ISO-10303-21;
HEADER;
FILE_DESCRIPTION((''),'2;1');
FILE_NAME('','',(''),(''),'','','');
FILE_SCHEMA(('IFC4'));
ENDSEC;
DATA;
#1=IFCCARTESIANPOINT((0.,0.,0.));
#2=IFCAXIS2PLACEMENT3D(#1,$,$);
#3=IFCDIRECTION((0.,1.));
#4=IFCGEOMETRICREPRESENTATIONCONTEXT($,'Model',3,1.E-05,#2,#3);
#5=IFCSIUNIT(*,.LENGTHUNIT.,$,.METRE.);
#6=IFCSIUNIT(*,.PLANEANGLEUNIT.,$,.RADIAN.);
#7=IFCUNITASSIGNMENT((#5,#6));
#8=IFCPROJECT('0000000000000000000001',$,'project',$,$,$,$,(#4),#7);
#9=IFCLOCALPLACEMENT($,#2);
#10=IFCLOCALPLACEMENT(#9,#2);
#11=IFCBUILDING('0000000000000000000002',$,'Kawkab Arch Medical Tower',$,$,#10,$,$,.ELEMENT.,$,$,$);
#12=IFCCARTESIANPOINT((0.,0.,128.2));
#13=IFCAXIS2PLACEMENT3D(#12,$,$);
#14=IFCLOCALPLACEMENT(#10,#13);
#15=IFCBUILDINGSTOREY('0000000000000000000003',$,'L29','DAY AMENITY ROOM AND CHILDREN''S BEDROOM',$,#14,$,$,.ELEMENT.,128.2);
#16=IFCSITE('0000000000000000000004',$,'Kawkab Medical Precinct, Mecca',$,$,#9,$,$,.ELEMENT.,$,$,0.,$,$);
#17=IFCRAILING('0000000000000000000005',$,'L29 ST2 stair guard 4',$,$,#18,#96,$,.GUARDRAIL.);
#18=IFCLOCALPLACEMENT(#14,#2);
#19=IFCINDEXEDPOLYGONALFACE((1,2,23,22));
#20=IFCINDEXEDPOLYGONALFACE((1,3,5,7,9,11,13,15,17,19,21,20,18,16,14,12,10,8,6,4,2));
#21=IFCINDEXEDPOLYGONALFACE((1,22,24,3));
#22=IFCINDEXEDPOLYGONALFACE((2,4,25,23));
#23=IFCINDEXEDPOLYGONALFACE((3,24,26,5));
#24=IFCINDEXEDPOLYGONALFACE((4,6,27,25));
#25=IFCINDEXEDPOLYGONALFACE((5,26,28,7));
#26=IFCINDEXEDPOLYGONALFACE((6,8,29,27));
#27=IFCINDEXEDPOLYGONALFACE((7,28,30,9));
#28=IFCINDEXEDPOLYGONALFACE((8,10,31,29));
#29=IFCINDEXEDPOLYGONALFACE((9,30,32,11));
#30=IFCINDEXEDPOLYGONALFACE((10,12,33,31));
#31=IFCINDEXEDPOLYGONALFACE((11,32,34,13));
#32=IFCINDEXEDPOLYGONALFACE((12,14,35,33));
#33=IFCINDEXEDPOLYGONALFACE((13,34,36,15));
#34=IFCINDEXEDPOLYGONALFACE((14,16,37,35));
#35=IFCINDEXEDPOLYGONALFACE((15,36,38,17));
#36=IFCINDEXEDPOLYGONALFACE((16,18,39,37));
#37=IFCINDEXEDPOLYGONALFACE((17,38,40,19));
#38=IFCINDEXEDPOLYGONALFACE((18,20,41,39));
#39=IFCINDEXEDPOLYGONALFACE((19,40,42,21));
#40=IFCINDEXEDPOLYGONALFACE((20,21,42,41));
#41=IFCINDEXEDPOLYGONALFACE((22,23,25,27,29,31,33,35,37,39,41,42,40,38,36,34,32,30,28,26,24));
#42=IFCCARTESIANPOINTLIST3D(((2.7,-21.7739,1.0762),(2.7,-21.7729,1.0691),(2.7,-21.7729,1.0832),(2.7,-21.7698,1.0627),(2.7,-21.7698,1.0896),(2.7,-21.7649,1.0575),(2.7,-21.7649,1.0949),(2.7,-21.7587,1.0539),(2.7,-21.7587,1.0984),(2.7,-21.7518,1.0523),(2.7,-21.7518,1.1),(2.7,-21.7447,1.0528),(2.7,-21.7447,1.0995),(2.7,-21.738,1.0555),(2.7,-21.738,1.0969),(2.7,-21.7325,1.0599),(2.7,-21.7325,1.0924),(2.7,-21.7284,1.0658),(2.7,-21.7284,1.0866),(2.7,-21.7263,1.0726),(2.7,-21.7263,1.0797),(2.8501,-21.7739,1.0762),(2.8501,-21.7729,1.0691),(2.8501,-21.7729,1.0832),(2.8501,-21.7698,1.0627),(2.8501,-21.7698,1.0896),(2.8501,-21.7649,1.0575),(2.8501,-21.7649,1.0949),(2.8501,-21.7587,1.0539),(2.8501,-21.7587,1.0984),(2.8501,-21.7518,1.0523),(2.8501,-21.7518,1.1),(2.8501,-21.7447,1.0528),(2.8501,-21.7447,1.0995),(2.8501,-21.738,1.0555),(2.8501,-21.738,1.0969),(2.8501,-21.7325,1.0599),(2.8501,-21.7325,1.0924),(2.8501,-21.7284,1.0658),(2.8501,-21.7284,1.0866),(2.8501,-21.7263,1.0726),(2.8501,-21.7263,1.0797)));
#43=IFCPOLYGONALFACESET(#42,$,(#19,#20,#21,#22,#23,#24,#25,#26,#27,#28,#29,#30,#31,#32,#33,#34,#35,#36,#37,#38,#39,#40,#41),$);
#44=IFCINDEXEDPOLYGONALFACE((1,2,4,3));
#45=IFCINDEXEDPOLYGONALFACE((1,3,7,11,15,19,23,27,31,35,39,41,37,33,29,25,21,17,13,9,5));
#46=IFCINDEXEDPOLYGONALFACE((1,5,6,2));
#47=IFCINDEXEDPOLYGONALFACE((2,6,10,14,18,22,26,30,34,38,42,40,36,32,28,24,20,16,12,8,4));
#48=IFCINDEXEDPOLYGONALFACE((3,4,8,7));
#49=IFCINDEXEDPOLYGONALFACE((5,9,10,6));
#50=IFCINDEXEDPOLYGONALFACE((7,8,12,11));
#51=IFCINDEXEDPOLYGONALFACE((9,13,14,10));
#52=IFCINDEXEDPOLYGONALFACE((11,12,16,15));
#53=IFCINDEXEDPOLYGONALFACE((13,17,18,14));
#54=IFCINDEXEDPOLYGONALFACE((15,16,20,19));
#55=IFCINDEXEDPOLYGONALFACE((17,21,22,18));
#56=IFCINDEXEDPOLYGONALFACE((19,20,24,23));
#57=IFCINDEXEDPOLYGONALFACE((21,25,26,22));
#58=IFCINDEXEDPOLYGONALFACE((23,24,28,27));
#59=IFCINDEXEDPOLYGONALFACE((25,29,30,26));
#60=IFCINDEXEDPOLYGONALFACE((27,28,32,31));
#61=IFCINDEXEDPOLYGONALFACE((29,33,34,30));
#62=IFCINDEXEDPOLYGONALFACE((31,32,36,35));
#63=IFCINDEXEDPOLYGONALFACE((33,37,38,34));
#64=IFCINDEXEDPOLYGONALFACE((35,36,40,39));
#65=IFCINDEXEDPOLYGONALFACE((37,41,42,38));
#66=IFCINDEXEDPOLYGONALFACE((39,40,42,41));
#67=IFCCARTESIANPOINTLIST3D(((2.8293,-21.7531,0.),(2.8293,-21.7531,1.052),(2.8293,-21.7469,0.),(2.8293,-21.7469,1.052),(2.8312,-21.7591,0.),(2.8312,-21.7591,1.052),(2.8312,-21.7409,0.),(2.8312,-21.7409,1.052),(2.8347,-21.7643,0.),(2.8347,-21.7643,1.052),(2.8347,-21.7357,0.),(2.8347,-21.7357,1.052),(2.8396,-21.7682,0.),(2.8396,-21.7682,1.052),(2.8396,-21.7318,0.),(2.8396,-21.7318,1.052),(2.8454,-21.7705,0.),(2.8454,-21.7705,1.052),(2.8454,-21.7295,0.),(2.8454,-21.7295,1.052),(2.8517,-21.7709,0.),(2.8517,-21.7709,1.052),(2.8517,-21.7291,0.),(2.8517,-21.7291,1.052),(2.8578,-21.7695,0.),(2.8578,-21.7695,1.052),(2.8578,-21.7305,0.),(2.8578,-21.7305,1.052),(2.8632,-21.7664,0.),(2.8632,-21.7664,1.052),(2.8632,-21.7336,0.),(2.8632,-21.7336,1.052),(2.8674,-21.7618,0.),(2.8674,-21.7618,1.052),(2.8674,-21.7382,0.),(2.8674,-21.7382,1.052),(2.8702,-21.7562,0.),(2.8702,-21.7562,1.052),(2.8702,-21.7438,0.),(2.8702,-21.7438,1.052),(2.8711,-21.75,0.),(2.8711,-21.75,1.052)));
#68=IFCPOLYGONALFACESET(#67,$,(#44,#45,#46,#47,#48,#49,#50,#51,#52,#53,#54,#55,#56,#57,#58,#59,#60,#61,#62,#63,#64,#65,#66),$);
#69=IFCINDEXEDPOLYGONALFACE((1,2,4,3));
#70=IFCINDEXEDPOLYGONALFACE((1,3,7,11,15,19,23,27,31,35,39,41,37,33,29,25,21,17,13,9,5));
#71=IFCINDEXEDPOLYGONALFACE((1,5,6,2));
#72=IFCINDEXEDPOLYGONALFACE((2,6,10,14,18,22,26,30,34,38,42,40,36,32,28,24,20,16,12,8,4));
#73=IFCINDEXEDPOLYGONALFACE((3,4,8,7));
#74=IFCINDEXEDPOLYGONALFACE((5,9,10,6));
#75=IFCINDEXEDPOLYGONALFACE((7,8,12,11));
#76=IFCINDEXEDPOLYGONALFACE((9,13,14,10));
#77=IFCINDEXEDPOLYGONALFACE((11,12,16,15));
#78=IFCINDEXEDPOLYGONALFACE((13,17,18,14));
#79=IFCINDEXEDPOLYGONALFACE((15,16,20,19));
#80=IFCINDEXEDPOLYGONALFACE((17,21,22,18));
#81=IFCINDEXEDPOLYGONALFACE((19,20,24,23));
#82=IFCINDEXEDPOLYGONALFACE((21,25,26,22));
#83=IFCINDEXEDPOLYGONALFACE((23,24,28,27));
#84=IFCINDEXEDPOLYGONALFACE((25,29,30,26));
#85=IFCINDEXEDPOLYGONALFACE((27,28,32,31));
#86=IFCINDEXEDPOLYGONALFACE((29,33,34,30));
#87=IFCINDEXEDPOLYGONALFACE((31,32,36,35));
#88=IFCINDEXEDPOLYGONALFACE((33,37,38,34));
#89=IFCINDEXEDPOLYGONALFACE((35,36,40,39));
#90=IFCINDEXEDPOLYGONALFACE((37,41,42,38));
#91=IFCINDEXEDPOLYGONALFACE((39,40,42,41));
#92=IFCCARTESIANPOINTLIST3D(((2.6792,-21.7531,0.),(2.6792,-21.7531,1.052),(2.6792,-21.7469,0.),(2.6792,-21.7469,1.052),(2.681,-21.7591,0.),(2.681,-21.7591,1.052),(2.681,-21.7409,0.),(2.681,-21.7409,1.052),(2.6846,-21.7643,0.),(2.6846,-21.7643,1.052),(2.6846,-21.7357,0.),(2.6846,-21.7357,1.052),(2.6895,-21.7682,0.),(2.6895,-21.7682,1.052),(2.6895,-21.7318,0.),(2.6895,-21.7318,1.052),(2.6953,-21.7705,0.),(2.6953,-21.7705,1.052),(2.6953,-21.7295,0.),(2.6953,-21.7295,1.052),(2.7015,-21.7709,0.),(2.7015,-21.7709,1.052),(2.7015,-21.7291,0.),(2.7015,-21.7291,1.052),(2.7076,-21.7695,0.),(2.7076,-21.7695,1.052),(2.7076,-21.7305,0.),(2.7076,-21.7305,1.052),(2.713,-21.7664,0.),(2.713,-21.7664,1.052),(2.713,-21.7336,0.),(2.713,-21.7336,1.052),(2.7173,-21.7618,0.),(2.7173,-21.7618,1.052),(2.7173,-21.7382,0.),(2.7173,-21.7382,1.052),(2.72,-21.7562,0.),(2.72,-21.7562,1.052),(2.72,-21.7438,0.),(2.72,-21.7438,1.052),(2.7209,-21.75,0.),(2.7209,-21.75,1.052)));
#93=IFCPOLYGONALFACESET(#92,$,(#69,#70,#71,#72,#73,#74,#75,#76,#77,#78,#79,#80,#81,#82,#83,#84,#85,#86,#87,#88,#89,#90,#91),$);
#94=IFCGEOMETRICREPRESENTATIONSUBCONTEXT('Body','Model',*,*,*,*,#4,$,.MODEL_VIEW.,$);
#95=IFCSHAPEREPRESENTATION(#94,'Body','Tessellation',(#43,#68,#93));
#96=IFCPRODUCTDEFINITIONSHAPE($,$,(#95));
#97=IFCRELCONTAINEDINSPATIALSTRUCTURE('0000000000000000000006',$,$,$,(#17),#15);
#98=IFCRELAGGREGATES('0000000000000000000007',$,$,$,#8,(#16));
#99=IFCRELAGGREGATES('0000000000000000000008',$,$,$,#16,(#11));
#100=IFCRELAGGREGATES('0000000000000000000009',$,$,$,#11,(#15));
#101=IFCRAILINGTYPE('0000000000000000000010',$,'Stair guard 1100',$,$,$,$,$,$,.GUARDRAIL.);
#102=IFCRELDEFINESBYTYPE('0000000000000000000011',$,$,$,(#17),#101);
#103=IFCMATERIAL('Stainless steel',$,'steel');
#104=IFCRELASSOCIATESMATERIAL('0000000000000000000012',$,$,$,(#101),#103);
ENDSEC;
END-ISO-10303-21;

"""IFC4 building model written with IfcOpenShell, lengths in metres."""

from ifc_helpers import new_model, si_unit, direction, frame, origin, origin_2d, place, context, subcontext, project, spatial, circle, extrude, material, type_object, element, save


model = new_model("IFC4")

# Units and contexts
model_context = context("Model", 3, precision=1e-05, world=origin(), true_north=direction((0.0, 1.0)))
body_context = subcontext(model_context, "Body", "Model", "MODEL_VIEW")
ifc_project = project(units=[si_unit("LENGTHUNIT", "METRE"), si_unit("PLANEANGLEUNIT", "RADIAN")], contexts=[model_context])

# Site, building, storey
site_placement = place(None, origin())
site = spatial("IfcSite", under=ifc_project, at=site_placement, Name="Kawkab Medical Precinct, Mecca", CompositionType="ELEMENT", RefElevation=0.0)
building_placement = place(site_placement, origin())
building = spatial("IfcBuilding", under=site, at=building_placement, Name="Kawkab Arch Medical Tower", CompositionType="ELEMENT")
storey_placement = place(building_placement, frame((0.0, 0.0, 128.2)))
storey = spatial("IfcBuildingStorey", under=building, at=storey_placement, Name="L29", Description="DAY AMENITY ROOM AND CHILDREN'S BEDROOM", CompositionType="ELEMENT", Elevation=128.2)

# Railing
ifc_material_1 = material(Name="Stainless steel", Category="steel")
railing_type = type_object("IfcRailingType", Name="Stair guard 1100", PredefinedType="GUARDRAIL", material=ifc_material_1)
railing_1_placement = place(storey_placement, frame((2.8501, -21.75, 0.0)))
element("IfcRailing", 1, at=railing_1_placement, inside=storey, type_object=railing_type, Name="L29 ST2 stair guard 4", PredefinedType="GUARDRAIL", context=body_context, shape_type="SweptSolid", body=[
    extrude(circle(Radius=0.0239, at=origin_2d()), frame((0.0, 0.0, 1.0762), z_axis=(-1.0, 0.0, 0.0), x_axis=(0.0, -1.0, 0.0)), (0.0, 0.0, 1.0), 0.1501),
    extrude(circle(Radius=0.021, at=origin_2d()), origin(), (0.0, 0.0, 1.0), 1.052),
    extrude(circle(Radius=0.021, at=origin_2d()), frame((-0.1501, 0.0, 0.0)), (0.0, 0.0, 1.0), 1.052),
])

save(model, "model.ifc")
